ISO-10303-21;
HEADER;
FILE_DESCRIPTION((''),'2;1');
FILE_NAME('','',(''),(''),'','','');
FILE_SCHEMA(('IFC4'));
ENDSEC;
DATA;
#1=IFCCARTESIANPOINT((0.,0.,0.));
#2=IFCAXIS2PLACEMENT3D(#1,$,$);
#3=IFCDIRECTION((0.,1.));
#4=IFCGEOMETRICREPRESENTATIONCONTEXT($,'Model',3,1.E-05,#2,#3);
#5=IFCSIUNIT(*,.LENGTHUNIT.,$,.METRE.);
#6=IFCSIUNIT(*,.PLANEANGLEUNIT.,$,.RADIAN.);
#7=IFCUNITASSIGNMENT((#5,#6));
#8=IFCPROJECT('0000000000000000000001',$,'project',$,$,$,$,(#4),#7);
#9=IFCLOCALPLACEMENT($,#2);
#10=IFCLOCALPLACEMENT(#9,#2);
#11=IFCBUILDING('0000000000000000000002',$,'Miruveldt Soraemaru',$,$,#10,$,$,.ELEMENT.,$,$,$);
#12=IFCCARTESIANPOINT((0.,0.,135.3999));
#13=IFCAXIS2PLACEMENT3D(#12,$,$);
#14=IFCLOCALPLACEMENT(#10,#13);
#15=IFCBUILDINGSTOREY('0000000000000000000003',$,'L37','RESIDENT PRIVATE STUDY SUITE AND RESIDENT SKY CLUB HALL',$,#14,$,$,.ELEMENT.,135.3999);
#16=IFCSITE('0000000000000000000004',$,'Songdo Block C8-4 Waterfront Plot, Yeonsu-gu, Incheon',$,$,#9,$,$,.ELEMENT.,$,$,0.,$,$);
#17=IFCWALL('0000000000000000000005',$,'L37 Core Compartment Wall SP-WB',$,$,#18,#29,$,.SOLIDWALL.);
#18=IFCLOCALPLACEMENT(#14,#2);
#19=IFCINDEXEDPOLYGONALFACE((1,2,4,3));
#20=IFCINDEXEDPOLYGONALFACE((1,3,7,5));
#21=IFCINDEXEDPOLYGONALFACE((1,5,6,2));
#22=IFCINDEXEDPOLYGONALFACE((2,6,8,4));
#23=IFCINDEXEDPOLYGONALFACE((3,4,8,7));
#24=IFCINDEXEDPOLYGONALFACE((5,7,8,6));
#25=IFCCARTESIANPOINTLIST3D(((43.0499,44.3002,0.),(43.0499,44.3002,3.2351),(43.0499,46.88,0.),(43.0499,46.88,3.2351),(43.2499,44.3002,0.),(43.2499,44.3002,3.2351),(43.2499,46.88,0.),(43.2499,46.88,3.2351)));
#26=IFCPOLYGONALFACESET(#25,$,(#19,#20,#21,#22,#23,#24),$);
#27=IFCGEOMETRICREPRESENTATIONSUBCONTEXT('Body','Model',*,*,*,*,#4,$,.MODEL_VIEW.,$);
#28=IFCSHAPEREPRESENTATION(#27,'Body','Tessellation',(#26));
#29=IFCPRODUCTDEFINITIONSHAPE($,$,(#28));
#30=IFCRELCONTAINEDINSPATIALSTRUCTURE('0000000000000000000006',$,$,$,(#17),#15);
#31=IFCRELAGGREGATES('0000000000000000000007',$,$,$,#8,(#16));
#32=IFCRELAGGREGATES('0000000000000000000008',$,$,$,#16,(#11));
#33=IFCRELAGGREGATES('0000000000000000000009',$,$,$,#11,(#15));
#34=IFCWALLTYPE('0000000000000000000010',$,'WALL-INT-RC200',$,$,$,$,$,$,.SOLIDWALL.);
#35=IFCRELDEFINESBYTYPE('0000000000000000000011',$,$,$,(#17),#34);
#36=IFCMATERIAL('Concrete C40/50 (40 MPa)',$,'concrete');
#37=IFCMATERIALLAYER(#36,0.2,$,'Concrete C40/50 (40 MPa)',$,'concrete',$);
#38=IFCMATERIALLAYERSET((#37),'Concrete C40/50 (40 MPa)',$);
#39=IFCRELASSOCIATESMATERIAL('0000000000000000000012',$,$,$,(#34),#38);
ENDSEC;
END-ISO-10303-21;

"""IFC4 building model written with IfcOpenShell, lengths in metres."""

from ifc_helpers import new_model, si_unit, direction, frame, frame_2d, origin, place, context, subcontext, project, spatial, rectangle, extrude, material, layer, layer_set, type_object, element, save


model = new_model("IFC4")

# Units and contexts
model_context = context("Model", 3, precision=1e-05, world=origin(), true_north=direction((0.0, 1.0)))
body_context = subcontext(model_context, "Body", "Model", "MODEL_VIEW")
ifc_project = project(units=[si_unit("LENGTHUNIT", "METRE"), si_unit("PLANEANGLEUNIT", "RADIAN")], contexts=[model_context])

# Site, building, storey
site_placement = place(None, origin())
site = spatial("IfcSite", under=ifc_project, at=site_placement, Name="Songdo Block C8-4 Waterfront Plot, Yeonsu-gu, Incheon", CompositionType="ELEMENT", RefElevation=0.0)
building_placement = place(site_placement, origin())
building = spatial("IfcBuilding", under=site, at=building_placement, Name="Miruveldt Soraemaru", CompositionType="ELEMENT")
storey_placement = place(building_placement, frame((0.0, 0.0, 135.3999)))
storey = spatial("IfcBuildingStorey", under=building, at=storey_placement, Name="L37", Description="RESIDENT PRIVATE STUDY SUITE AND RESIDENT SKY CLUB HALL", CompositionType="ELEMENT", Elevation=135.3999)

# Shared definitions
ifc_material_1 = material(Name="Concrete C40/50 (40 MPa)", Category="concrete")

# Shared definitions
ifc_layer_1 = layer(ifc_material_1, 0.2, Name="Concrete C40/50 (40 MPa)", Category="concrete")
ifc_layer_set_1 = layer_set([ifc_layer_1], Name="Concrete C40/50 (40 MPa)")
wall_type_1 = type_object("IfcWallType", Name="WALL-INT-RC200", PredefinedType="SOLIDWALL", material=ifc_layer_set_1)

# Wall
wall_1_placement = place(storey_placement, frame((43.1499, 44.3, 0.0), z_axis=(0.0, 0.0, 1.0), x_axis=(0.0, 1.0, 0.0)))
element("IfcWall", 1, at=wall_1_placement, inside=storey, type_object=wall_type_1, Name="L37 Core Compartment Wall SP-WB", PredefinedType="SOLIDWALL", context=body_context, shape_type="SweptSolid", body=[
    extrude(rectangle(XDim=2.5798, YDim=0.2, at=frame_2d((1.29, 0.0))), origin(), (0.0, 0.0, 1.0), 3.2351),
])

save(model, "model.ifc")
